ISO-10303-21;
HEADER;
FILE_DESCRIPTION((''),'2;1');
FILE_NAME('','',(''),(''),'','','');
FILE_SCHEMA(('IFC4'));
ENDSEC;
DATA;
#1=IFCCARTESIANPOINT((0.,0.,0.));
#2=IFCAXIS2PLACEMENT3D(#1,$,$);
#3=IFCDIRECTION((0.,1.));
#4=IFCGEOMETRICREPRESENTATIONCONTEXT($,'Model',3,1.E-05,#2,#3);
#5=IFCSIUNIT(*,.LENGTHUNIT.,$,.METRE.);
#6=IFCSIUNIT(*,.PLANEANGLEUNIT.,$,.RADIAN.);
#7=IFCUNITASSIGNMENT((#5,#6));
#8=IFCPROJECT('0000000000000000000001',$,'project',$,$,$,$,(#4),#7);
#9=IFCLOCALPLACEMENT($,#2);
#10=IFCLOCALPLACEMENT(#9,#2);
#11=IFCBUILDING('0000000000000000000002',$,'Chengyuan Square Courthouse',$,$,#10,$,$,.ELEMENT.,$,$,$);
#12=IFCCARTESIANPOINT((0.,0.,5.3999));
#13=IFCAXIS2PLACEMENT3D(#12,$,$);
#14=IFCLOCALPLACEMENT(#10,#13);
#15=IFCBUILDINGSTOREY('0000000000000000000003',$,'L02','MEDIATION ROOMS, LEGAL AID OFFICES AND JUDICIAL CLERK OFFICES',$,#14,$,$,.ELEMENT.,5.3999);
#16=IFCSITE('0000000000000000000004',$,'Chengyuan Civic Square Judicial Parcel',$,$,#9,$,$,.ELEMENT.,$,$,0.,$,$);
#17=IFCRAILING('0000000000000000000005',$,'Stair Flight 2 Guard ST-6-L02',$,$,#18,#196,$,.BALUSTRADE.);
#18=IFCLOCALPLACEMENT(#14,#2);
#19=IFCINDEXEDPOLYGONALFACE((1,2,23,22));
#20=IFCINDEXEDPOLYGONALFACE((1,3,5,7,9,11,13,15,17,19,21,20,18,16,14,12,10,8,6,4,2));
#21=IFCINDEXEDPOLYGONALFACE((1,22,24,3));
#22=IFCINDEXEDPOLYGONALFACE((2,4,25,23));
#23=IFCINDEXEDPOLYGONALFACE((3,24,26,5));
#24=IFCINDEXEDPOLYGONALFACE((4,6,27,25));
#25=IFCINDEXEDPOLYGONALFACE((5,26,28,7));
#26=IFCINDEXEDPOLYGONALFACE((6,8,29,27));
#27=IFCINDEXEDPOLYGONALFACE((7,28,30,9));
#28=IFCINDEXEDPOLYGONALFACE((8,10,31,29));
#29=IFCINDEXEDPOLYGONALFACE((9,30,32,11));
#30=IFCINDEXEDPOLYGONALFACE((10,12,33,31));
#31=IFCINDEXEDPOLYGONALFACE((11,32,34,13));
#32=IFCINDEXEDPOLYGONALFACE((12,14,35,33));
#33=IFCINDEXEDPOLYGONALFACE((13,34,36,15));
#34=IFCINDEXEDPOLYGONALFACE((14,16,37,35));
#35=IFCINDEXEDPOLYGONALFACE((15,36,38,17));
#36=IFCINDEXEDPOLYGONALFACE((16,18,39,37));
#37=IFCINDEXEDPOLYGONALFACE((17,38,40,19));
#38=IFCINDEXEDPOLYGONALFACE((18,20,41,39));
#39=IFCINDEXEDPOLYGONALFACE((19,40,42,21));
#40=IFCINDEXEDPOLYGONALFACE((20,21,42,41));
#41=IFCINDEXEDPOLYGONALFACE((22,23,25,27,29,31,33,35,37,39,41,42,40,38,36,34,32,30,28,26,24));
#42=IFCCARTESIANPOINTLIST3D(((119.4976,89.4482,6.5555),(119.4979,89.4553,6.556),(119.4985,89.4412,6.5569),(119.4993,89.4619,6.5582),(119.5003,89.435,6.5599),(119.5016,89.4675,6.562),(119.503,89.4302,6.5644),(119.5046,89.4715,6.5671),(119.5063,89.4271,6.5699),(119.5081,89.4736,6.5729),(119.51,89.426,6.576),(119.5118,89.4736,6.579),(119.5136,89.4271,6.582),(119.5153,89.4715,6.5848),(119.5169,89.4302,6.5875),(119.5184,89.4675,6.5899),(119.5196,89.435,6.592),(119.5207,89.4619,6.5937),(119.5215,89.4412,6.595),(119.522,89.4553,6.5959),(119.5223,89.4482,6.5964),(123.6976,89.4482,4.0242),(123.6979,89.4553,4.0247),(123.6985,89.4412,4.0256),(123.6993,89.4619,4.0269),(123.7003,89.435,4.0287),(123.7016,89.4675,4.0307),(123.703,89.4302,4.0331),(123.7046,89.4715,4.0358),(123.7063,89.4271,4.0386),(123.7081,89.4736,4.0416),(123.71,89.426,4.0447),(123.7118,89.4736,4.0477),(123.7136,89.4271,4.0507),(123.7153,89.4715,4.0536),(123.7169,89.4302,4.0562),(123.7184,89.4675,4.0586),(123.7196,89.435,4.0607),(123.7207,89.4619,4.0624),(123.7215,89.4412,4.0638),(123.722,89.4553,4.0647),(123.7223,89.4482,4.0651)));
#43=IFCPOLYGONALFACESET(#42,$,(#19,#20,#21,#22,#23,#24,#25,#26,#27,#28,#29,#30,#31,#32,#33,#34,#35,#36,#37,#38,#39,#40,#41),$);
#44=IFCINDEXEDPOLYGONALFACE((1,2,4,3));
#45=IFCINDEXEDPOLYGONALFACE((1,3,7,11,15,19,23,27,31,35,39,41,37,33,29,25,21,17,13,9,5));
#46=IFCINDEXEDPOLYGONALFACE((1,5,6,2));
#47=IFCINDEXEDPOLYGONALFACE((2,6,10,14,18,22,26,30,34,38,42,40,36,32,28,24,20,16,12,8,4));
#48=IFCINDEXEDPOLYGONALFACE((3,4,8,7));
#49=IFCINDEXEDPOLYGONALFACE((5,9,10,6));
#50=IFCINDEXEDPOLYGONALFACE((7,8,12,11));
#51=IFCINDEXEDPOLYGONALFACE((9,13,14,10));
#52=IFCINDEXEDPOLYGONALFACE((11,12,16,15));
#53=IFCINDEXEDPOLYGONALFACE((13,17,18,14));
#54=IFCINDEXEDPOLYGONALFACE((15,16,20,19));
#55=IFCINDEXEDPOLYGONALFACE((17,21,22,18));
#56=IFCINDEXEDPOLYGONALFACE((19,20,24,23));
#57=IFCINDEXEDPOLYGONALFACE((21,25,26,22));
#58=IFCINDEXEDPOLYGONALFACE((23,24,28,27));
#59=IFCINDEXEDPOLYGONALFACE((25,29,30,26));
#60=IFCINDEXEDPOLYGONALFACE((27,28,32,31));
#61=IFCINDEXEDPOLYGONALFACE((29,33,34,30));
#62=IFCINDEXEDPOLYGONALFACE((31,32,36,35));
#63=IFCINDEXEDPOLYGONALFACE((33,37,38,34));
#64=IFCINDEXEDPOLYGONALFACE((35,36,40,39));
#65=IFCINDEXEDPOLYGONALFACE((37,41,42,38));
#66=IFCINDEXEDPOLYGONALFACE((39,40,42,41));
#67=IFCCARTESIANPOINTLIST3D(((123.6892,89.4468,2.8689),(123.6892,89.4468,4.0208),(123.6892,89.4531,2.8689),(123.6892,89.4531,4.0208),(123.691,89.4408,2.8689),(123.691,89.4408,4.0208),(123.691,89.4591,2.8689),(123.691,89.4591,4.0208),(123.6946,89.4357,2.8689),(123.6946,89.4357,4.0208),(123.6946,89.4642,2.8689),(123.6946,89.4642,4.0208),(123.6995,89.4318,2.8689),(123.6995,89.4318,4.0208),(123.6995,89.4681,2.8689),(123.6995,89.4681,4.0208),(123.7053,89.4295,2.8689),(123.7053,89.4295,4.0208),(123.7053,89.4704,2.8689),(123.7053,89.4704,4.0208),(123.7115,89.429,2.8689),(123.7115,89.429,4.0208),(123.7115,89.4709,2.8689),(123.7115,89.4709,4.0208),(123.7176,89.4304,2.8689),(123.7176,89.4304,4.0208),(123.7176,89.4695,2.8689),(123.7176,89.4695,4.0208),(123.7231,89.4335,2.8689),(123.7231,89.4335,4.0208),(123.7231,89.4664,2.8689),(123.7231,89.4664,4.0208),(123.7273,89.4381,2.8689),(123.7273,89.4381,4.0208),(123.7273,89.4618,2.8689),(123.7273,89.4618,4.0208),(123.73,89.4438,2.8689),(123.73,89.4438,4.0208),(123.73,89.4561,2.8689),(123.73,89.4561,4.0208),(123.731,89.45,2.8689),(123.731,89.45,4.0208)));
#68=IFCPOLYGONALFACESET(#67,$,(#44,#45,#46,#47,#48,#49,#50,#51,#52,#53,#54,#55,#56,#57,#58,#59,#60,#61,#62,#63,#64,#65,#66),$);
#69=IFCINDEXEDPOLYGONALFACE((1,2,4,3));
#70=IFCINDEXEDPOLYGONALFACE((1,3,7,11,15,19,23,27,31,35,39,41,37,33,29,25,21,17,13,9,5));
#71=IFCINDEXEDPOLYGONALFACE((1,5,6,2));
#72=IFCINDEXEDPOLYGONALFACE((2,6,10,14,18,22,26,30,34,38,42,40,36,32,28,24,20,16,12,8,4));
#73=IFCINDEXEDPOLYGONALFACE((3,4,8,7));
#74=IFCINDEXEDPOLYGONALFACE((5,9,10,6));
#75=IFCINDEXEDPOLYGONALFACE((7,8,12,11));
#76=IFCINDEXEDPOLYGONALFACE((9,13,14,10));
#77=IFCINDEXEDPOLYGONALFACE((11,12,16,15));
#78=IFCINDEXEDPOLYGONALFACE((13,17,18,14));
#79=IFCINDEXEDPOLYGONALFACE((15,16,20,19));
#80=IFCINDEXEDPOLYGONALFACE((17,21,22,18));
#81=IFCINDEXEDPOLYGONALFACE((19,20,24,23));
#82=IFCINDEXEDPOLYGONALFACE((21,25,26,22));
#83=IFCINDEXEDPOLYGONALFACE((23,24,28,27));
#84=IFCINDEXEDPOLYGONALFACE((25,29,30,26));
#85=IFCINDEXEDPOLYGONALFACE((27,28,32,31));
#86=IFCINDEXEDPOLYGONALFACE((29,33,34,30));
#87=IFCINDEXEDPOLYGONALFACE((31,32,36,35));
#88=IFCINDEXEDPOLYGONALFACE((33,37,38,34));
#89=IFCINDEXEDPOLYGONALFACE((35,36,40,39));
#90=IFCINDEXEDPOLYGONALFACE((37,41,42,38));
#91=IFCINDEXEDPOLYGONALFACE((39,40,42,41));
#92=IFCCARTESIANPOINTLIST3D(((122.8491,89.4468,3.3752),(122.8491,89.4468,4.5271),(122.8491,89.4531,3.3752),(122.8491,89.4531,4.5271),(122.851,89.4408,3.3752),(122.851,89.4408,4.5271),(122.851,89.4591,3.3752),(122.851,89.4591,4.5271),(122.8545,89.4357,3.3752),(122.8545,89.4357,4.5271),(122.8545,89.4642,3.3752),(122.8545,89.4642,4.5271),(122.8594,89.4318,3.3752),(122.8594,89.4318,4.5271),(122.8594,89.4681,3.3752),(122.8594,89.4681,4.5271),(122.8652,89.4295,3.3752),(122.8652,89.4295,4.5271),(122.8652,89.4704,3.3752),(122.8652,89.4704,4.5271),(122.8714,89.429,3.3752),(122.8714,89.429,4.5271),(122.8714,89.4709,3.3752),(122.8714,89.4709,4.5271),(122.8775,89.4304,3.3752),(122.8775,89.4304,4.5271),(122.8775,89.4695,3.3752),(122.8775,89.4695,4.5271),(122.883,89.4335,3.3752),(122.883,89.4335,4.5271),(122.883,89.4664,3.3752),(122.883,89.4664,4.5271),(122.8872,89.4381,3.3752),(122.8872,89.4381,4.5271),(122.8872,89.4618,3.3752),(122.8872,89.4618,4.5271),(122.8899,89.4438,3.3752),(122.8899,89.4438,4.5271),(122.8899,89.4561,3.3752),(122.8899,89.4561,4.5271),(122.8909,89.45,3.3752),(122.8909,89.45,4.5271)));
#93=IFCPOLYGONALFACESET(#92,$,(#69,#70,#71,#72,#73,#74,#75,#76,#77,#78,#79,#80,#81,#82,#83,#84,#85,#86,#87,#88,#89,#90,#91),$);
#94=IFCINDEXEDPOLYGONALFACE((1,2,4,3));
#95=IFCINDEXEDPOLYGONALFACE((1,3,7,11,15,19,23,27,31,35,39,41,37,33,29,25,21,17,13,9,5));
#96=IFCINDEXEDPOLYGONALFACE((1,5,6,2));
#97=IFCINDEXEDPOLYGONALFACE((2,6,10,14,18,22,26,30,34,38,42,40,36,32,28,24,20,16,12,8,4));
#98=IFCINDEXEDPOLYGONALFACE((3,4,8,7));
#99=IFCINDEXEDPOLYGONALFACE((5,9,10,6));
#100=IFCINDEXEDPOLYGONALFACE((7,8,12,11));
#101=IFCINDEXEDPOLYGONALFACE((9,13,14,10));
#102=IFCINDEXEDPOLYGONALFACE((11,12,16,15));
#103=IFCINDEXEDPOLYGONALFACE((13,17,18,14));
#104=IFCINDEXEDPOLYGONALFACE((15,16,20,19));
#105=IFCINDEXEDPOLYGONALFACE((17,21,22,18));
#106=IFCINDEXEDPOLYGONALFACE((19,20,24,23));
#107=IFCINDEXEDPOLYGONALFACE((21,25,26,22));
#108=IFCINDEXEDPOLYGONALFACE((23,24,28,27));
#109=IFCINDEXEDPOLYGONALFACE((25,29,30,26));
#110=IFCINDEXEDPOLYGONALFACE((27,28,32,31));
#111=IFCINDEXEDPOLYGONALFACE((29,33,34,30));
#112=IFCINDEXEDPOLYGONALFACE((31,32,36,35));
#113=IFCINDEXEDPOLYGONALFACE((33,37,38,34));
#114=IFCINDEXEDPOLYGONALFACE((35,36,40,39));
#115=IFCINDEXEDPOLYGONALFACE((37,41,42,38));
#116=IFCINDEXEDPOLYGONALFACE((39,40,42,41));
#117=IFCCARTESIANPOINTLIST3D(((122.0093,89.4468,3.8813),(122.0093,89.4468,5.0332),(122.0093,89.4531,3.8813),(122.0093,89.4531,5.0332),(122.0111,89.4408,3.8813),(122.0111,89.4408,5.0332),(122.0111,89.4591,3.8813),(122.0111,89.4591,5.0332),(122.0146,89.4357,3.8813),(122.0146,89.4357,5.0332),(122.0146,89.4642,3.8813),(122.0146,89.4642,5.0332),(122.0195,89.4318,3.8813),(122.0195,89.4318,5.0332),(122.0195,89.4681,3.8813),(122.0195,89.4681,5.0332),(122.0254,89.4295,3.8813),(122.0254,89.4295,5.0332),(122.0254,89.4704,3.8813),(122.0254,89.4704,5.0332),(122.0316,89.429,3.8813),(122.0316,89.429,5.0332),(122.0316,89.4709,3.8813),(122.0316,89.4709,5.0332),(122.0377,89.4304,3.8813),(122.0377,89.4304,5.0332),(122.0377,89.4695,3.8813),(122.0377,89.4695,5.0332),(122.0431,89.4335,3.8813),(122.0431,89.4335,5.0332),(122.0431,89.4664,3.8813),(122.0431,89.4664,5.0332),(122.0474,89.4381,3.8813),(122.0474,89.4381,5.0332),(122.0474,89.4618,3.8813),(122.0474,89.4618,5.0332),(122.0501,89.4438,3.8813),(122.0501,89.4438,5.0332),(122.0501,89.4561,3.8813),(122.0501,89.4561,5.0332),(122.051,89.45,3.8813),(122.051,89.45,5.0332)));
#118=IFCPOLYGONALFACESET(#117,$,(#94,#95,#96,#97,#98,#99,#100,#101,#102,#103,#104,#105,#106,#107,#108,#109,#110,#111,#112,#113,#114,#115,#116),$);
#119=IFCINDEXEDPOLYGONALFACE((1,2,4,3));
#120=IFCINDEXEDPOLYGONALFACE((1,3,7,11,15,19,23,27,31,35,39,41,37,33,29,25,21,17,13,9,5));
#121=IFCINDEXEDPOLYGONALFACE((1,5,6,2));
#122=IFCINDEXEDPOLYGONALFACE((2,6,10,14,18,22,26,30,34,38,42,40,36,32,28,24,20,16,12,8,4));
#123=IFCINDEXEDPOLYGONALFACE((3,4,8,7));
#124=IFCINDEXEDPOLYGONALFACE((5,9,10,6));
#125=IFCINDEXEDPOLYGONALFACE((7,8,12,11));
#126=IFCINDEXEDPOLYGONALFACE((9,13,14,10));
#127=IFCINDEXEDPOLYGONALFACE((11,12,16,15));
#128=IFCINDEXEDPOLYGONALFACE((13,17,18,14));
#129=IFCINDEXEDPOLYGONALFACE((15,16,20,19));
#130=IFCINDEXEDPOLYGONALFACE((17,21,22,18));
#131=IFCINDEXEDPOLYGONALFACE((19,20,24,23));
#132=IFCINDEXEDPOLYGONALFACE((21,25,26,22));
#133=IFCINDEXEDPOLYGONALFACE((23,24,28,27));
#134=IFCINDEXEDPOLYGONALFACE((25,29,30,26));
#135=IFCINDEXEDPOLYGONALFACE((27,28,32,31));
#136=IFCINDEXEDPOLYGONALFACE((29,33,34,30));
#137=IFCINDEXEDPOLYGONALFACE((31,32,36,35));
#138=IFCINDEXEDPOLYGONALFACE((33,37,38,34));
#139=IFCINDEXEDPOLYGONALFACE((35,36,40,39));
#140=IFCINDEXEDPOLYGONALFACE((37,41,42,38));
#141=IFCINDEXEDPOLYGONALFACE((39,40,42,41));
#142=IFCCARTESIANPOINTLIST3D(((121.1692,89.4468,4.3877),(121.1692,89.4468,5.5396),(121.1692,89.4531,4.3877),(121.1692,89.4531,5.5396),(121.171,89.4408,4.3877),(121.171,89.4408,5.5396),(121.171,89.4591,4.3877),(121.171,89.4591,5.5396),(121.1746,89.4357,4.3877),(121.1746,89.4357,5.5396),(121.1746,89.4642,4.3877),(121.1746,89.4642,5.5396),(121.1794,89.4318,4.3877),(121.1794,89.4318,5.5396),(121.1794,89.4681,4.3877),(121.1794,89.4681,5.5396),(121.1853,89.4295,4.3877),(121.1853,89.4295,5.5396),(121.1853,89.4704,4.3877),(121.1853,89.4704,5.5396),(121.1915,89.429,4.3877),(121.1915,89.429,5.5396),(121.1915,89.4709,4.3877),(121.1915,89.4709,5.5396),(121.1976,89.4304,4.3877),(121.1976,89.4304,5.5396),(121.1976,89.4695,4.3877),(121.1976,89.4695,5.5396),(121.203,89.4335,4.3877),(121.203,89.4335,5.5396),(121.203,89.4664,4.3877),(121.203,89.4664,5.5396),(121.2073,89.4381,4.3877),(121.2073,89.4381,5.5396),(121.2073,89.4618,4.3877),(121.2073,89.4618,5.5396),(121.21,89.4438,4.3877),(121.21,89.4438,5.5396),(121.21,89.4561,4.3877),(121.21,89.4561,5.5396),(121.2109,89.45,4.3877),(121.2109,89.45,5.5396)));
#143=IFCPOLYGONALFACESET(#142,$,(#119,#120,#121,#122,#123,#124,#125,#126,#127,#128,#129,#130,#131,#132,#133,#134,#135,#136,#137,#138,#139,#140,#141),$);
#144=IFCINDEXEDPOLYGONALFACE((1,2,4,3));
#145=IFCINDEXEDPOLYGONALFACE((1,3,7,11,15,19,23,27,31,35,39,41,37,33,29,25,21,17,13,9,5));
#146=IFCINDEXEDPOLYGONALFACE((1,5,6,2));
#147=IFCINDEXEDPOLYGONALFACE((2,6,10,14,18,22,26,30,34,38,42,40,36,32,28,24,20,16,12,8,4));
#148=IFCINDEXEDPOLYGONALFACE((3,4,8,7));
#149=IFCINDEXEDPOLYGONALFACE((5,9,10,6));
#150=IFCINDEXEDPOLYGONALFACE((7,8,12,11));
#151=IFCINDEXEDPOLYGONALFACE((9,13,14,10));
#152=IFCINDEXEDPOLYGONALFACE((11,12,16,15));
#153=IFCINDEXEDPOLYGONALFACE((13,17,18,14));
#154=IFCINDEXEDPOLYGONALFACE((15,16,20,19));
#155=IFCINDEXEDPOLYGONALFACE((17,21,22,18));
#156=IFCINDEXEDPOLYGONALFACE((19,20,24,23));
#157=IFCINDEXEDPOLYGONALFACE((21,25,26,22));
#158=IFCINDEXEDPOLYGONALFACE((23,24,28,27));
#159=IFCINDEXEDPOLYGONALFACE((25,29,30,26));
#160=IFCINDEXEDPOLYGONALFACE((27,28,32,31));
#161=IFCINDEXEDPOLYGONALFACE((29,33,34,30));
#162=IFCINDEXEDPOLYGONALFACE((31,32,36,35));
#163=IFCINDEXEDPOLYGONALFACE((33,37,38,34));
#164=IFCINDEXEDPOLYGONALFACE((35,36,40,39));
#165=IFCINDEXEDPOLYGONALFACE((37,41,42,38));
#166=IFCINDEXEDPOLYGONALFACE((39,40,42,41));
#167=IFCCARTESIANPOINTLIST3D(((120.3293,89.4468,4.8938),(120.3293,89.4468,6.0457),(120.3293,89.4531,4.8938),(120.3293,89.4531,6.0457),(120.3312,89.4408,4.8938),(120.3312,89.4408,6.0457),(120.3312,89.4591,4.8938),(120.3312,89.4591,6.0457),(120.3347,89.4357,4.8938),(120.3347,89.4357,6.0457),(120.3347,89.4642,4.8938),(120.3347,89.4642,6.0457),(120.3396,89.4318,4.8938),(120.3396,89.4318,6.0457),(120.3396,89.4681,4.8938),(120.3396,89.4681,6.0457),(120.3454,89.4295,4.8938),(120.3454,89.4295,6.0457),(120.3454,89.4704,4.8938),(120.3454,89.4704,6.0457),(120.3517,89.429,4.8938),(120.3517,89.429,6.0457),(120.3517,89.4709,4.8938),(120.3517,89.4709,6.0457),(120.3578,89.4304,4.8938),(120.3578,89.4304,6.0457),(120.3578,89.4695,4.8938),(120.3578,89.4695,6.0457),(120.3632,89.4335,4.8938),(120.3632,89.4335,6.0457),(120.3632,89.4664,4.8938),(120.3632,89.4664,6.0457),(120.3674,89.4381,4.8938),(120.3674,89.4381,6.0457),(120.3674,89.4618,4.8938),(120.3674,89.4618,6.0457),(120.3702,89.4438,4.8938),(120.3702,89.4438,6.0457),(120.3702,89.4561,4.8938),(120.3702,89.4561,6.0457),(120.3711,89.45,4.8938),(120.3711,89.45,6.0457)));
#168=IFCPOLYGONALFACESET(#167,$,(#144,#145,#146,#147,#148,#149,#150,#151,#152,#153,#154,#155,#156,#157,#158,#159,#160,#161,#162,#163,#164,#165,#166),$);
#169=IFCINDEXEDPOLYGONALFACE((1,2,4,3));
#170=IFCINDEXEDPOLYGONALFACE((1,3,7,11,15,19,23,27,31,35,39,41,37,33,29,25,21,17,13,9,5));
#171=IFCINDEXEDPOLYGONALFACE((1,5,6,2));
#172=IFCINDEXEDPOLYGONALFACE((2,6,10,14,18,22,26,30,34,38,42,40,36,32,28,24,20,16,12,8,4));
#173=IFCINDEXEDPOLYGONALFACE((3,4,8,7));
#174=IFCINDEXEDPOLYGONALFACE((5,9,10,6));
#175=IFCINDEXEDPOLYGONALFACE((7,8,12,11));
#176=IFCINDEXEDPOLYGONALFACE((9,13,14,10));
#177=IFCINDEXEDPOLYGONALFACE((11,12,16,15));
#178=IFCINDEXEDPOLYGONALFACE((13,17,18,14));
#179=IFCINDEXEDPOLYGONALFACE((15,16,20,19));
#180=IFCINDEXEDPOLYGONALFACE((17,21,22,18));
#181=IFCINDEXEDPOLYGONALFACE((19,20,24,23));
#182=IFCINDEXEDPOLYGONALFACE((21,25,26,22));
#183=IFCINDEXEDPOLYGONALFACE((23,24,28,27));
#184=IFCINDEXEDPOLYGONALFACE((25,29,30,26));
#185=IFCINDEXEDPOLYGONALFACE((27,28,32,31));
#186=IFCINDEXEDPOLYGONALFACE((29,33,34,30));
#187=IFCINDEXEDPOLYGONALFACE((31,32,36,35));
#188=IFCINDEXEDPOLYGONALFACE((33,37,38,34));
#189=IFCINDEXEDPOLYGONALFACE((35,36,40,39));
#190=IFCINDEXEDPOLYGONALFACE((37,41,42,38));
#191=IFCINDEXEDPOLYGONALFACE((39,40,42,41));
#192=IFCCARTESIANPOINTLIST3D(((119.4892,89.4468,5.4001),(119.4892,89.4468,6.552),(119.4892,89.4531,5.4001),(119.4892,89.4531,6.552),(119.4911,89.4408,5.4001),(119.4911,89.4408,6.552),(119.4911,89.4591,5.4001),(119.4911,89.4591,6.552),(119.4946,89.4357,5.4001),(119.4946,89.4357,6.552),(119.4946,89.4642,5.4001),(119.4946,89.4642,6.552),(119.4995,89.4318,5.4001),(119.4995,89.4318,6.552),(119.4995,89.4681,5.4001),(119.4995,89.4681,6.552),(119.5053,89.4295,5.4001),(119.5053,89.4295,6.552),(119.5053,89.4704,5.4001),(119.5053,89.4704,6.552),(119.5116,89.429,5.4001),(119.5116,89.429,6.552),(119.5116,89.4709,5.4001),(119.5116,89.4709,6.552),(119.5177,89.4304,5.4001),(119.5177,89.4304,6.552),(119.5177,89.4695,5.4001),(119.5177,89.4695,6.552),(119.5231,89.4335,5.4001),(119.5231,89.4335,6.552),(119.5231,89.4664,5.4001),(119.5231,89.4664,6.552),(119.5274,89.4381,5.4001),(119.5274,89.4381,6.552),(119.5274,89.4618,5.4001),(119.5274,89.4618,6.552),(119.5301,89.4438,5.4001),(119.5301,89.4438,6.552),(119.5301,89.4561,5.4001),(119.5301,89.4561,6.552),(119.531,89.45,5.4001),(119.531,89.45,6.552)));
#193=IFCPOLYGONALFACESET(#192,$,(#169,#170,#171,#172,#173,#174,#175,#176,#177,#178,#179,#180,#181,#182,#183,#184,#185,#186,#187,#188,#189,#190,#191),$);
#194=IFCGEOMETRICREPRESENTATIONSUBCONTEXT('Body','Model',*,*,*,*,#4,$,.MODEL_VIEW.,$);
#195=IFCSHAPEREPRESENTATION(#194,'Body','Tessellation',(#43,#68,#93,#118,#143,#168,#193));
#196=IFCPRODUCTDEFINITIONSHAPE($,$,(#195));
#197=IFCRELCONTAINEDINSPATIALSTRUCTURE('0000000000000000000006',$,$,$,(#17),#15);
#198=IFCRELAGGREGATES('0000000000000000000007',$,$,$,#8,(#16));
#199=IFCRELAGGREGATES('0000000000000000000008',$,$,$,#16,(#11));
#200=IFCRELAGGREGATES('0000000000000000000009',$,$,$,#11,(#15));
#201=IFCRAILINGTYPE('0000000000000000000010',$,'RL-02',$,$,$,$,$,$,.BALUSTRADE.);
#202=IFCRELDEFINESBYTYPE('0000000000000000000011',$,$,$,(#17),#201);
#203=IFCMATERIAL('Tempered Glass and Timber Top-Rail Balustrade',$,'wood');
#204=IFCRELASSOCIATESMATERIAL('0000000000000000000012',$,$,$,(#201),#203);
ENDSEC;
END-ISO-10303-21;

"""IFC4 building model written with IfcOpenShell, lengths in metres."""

from ifc_helpers import new_model, si_unit, direction, frame, origin, origin_2d, place, context, subcontext, project, spatial, circle, extrude, material, type_object, element, save


model = new_model("IFC4")

# Units and contexts
model_context = context("Model", 3, precision=1e-05, world=origin(), true_north=direction((0.0, 1.0)))
body_context = subcontext(model_context, "Body", "Model", "MODEL_VIEW")
ifc_project = project(units=[si_unit("LENGTHUNIT", "METRE"), si_unit("PLANEANGLEUNIT", "RADIAN")], contexts=[model_context])

# Site, building, storey
site_placement = place(None, origin())
site = spatial("IfcSite", under=ifc_project, at=site_placement, Name="Chengyuan Civic Square Judicial Parcel", CompositionType="ELEMENT", RefElevation=0.0)
building_placement = place(site_placement, origin())
building = spatial("IfcBuilding", under=site, at=building_placement, Name="Chengyuan Square Courthouse", CompositionType="ELEMENT")
storey_placement = place(building_placement, frame((0.0, 0.0, 5.3999)))
storey = spatial("IfcBuildingStorey", under=building, at=storey_placement, Name="L02", Description="MEDIATION ROOMS, LEGAL AID OFFICES AND JUDICIAL CLERK OFFICES", CompositionType="ELEMENT", Elevation=5.3999)

# Railing
ifc_material_1 = material(Name="Tempered Glass and Timber Top-Rail Balustrade", Category="wood")
railing_type_1 = type_object("IfcRailingType", Name="RL-02", PredefinedType="BALUSTRADE", material=ifc_material_1)
railing_1_placement = place(storey_placement, frame((123.71, 89.45, 2.8689)))
element("IfcRailing", 1, at=railing_1_placement, inside=storey, type_object=railing_type_1, Name="Stair Flight 2 Guard ST-6-L02", PredefinedType="BALUSTRADE", context=body_context, shape_type="SweptSolid", body=[
    extrude(circle(Radius=0.0239, at=origin_2d()), frame((0.0, 0.0, 1.1758), z_axis=(-0.856476, 0.0, 0.516186), x_axis=(0.0, -1.0, 0.0)), (0.0, 0.0, 1.0), 4.9038),
    extrude(circle(Radius=0.021, at=origin_2d()), origin(), (0.0, 0.0, 1.0), 1.1519),
    extrude(circle(Radius=0.021, at=origin_2d()), frame((-0.8401, 0.0, 0.5063)), (0.0, 0.0, 1.0), 1.1519),
    extrude(circle(Radius=0.021, at=origin_2d()), frame((-1.6799, 0.0, 1.0125)), (0.0, 0.0, 1.0), 1.1519),
    extrude(circle(Radius=0.021, at=origin_2d()), frame((-2.52, 0.0, 1.5188)), (0.0, 0.0, 1.0), 1.1519),
    extrude(circle(Radius=0.021, at=origin_2d()), frame((-3.3599, 0.0, 2.0249)), (0.0, 0.0, 1.0), 1.1519),
    extrude(circle(Radius=0.021, at=origin_2d()), frame((-4.2, 0.0, 2.5312)), (0.0, 0.0, 1.0), 1.1519),
])

save(model, "model.ifc")
